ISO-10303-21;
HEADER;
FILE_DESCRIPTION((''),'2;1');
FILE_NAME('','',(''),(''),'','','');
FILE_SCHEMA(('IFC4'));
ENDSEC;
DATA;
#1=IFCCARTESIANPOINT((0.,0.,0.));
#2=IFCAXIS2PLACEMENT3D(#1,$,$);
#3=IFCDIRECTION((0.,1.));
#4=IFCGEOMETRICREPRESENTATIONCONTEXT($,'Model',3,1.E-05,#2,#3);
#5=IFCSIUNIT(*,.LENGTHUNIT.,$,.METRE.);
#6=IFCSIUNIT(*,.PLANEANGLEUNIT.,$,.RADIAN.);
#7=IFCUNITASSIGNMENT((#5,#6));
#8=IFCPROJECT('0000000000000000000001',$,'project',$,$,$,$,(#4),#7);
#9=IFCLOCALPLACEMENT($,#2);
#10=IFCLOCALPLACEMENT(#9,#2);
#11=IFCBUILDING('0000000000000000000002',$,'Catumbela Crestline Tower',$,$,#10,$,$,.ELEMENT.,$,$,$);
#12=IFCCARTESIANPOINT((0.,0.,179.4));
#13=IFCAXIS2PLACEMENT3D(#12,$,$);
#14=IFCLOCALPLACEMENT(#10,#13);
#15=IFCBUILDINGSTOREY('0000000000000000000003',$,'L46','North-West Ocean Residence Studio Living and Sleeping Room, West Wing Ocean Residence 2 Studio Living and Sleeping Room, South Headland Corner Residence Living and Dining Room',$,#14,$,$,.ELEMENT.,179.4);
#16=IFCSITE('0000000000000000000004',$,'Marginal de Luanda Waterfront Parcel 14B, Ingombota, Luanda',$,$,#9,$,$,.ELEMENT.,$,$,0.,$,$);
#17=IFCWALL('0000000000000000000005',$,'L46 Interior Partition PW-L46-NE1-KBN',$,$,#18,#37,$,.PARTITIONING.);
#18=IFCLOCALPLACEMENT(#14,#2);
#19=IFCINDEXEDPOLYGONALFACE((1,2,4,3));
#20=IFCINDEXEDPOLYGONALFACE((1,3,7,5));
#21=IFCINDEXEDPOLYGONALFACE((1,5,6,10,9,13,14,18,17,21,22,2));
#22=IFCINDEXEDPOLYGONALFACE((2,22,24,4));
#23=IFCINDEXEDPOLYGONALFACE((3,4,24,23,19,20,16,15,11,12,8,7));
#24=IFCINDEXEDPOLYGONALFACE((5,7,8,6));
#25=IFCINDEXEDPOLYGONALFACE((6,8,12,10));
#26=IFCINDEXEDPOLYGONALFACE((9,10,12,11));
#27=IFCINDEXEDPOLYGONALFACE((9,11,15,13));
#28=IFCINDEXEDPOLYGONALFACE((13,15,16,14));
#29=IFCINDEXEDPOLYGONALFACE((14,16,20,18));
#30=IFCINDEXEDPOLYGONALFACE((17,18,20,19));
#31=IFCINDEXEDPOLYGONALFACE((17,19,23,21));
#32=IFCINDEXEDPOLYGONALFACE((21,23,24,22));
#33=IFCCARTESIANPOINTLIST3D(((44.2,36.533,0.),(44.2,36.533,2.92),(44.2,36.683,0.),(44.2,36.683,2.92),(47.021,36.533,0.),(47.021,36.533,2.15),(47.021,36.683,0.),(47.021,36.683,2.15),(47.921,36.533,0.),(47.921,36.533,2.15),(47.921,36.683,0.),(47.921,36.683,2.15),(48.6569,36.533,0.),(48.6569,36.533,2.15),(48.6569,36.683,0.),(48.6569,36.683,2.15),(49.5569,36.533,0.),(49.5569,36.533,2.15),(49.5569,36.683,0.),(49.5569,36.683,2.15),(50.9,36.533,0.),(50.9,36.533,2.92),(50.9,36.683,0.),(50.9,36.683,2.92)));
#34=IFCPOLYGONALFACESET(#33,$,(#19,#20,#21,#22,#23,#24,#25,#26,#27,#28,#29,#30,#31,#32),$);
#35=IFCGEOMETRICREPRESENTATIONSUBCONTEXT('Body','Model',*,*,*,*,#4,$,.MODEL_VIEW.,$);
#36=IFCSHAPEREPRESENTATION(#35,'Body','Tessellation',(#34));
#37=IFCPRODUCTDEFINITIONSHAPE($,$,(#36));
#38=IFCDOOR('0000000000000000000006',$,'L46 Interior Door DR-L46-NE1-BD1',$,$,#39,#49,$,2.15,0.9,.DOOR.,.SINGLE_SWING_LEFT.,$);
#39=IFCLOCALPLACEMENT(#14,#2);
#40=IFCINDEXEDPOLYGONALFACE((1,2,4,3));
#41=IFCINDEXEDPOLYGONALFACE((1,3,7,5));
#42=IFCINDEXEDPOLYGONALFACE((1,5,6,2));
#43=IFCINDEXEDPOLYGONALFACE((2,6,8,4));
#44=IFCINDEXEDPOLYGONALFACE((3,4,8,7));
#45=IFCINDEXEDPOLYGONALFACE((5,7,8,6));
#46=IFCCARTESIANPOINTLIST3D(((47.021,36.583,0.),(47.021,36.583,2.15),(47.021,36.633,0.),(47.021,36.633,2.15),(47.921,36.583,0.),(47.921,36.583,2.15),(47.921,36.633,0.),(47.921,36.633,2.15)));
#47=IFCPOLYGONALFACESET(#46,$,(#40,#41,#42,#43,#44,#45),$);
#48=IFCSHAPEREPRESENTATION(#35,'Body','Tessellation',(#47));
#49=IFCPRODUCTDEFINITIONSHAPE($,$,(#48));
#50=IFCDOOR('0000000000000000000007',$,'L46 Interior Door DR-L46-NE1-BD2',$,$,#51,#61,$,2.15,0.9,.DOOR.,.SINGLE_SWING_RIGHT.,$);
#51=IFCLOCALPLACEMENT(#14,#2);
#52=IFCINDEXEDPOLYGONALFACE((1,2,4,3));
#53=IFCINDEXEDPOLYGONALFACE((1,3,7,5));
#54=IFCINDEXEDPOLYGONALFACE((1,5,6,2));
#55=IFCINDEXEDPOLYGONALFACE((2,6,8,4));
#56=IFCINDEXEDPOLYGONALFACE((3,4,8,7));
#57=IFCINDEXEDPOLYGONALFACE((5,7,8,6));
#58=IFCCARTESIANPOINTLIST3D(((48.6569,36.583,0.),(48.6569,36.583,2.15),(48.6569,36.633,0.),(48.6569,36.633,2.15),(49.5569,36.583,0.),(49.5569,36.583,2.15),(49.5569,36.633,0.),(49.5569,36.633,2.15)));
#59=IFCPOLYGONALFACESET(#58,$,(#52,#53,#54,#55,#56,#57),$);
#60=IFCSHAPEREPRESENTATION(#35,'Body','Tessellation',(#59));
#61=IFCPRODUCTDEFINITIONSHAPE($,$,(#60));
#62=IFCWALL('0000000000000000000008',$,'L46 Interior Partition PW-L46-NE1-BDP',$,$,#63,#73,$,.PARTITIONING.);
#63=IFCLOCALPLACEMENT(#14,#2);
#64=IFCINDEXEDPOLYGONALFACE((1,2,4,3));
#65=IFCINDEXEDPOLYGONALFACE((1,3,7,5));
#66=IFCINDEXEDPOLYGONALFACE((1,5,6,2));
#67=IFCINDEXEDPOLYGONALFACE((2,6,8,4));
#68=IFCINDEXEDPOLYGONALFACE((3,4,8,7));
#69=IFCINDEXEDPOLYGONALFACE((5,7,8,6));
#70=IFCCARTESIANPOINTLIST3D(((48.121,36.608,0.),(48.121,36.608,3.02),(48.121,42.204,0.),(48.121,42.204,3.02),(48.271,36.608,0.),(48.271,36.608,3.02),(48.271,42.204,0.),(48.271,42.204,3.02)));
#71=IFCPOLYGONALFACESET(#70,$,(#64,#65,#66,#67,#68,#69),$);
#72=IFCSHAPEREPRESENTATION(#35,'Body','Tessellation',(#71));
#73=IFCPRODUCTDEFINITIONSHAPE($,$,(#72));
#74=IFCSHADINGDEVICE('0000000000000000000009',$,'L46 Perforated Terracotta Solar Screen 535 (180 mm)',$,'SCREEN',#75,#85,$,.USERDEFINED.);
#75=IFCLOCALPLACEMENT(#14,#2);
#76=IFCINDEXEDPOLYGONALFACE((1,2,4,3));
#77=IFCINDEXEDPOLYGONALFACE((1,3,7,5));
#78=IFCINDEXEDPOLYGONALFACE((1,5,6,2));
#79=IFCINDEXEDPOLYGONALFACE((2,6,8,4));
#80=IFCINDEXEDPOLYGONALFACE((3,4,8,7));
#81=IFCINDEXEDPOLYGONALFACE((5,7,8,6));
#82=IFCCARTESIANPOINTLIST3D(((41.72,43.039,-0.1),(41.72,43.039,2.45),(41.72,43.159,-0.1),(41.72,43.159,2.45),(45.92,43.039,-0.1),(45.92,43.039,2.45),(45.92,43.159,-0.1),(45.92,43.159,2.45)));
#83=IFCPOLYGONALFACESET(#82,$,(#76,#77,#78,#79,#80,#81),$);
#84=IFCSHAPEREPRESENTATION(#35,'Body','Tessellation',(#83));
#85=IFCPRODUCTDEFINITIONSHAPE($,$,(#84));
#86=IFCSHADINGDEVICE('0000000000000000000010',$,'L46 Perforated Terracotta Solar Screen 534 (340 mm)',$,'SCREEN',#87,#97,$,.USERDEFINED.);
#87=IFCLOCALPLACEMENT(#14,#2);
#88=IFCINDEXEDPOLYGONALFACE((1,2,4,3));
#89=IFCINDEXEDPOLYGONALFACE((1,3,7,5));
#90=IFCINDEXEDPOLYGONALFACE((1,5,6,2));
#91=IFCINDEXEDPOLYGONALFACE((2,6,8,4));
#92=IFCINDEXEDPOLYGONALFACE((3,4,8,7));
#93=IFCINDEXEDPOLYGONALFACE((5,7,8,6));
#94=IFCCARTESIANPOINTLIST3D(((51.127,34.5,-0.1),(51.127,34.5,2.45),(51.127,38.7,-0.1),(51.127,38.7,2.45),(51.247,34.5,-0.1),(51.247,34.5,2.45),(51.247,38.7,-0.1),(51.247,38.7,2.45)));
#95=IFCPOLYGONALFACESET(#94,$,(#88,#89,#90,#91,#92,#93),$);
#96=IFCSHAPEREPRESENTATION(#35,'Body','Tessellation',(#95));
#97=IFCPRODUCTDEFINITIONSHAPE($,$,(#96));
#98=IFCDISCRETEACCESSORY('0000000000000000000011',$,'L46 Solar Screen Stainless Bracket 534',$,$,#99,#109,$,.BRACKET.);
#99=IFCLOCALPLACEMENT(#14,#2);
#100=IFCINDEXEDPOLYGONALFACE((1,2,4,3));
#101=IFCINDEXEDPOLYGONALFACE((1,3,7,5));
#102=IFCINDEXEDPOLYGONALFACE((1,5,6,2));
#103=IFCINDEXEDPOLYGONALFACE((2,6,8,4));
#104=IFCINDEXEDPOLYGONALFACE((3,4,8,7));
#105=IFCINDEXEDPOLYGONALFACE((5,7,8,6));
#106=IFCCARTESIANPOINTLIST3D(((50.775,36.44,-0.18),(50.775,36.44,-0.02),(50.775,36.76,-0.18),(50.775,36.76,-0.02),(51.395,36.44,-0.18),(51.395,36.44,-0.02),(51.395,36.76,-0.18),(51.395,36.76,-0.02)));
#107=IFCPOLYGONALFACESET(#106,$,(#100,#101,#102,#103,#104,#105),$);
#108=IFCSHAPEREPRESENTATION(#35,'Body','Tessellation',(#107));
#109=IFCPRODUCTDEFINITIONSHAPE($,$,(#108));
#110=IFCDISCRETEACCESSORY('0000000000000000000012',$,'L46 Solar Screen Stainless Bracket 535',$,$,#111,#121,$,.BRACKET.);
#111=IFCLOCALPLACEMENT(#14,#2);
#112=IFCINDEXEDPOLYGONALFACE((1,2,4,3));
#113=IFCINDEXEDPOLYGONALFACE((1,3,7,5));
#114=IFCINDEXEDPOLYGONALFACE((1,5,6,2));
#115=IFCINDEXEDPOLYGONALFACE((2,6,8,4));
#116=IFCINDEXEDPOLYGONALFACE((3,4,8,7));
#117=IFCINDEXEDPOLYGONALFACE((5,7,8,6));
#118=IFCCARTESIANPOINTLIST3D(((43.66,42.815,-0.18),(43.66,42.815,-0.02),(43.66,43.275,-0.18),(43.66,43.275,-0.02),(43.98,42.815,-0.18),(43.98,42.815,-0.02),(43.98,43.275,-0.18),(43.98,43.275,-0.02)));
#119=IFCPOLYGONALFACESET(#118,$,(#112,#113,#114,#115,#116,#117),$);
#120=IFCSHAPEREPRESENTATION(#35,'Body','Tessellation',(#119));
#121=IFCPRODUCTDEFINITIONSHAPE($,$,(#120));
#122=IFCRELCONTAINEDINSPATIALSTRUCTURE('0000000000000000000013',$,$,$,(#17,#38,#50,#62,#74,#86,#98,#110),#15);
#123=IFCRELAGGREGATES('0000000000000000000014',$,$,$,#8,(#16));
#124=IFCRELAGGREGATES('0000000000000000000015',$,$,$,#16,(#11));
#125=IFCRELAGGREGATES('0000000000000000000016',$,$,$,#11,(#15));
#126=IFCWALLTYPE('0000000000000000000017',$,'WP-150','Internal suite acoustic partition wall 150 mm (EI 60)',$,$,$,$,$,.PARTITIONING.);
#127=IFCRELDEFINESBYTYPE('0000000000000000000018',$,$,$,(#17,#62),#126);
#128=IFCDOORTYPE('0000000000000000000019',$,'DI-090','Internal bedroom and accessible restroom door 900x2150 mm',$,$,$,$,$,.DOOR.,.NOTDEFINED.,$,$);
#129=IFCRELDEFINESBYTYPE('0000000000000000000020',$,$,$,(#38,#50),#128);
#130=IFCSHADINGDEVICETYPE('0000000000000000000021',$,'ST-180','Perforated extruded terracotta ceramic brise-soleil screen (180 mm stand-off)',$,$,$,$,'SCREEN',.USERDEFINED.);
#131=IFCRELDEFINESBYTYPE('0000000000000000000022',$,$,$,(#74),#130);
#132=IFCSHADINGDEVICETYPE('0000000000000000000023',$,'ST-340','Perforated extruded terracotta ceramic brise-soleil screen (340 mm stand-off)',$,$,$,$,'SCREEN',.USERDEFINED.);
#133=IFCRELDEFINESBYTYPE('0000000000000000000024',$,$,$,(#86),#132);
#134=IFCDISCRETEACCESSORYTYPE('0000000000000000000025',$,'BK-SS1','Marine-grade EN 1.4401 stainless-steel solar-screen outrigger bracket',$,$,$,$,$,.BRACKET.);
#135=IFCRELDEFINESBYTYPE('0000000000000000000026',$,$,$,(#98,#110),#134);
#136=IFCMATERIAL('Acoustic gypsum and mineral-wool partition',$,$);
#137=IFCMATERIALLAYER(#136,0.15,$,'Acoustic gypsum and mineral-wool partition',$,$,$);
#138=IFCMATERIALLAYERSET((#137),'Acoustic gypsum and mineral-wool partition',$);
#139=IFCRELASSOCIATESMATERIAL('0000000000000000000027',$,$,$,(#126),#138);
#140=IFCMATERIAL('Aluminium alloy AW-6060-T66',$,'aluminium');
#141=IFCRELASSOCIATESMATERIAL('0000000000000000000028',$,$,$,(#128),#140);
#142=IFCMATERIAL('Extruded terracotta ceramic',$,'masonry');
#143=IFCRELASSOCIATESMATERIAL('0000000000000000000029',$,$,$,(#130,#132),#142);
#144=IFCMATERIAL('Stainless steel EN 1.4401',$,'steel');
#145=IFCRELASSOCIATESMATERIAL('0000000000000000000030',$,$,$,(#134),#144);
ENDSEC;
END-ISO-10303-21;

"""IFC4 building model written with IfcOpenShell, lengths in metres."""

from ifc_helpers import new_model, si_unit, direction, frame, frame_2d, origin, origin_2d, place, context, subcontext, project, spatial, rectangle, extrude, material, layer, layer_set, type_object, element, fill, save


model = new_model("IFC4")

# Units and contexts
model_context = context("Model", 3, precision=1e-05, world=origin(), true_north=direction((0.0, 1.0)))
body_context = subcontext(model_context, "Body", "Model", "MODEL_VIEW")
ifc_project = project(units=[si_unit("LENGTHUNIT", "METRE"), si_unit("PLANEANGLEUNIT", "RADIAN")], contexts=[model_context])

# Site, building, storey
site_placement = place(None, origin())
site = spatial("IfcSite", under=ifc_project, at=site_placement, Name="Marginal de Luanda Waterfront Parcel 14B, Ingombota, Luanda", CompositionType="ELEMENT", RefElevation=0.0)
building_placement = place(site_placement, origin())
building = spatial("IfcBuilding", under=site, at=building_placement, Name="Catumbela Crestline Tower", CompositionType="ELEMENT")
storey_placement = place(building_placement, frame((0.0, 0.0, 179.4)))
storey = spatial("IfcBuildingStorey", under=building, at=storey_placement, Name="L46", Description="North-West Ocean Residence Studio Living and Sleeping Room, West Wing Ocean Residence 2 Studio Living and Sleeping Room, South Headland Corner Residence Living and Dining Room", CompositionType="ELEMENT", Elevation=179.4)

# Shared definitions
ifc_material_1 = material(Name="Aluminium alloy AW-6060-T66", Category="aluminium")

# Wall, openings, doors
ifc_material_2 = material(Name="Acoustic gypsum and mineral-wool partition")
ifc_layer_1 = layer(ifc_material_2, 0.15, Name="Acoustic gypsum and mineral-wool partition")
ifc_layer_set_1 = layer_set([ifc_layer_1], Name="Acoustic gypsum and mineral-wool partition")
wall_type_1 = type_object("IfcWallType", Name="WP-150", Description="Internal suite acoustic partition wall 150 mm (EI 60)", PredefinedType="PARTITIONING", material=ifc_layer_set_1)
wall_1_placement = place(storey_placement, frame((44.2, 36.608, 0.0), z_axis=(0.0, 0.0, 1.0), x_axis=(1.0, 0.0, 0.0)))
wall_1 = element("IfcWall", 1, at=wall_1_placement, inside=storey, type_object=wall_type_1, Name="L46 Interior Partition PW-L46-NE1-KBN", PredefinedType="PARTITIONING", context=body_context, shape_type="SweptSolid", body=[
    extrude(rectangle(XDim=6.7, YDim=0.15, at=frame_2d((3.35, 0.0))), origin(), (0.0, 0.0, 1.0), 2.92),
])
opening_1_placement = place(wall_1_placement, frame((2.821, 0.0, 0.0)))
opening_1 = element("IfcOpeningElement", 2, at=opening_1_placement, cuts=wall_1, PredefinedType="OPENING", context=body_context, shape_type="SweptSolid", body=[
    extrude(rectangle(XDim=0.9, YDim=2.15, at=frame_2d((0.45, 1.075))), frame((0.0, 0.085, 0.0), z_axis=(0.0, -1.0, 0.0), x_axis=(1.0, 0.0, 0.0)), (0.0, 0.0, 1.0), 0.17),
])
opening_2_placement = place(wall_1_placement, frame((4.4569, 0.0, 0.0)))
opening_2 = element("IfcOpeningElement", 3, at=opening_2_placement, cuts=wall_1, PredefinedType="OPENING", context=body_context, shape_type="SweptSolid", body=[
    extrude(rectangle(XDim=0.9, YDim=2.15, at=frame_2d((0.45, 1.075))), frame((0.0, 0.085, 0.0), z_axis=(0.0, -1.0, 0.0), x_axis=(1.0, 0.0, 0.0)), (0.0, 0.0, 1.0), 0.17),
])
door_type = type_object("IfcDoorType", Name="DI-090", Description="Internal bedroom and accessible restroom door 900x2150 mm", OperationType="NOTDEFINED", PredefinedType="DOOR", material=ifc_material_1)
door_1_placement = place(opening_1_placement, origin())
door_1 = element("IfcDoor", 4, at=door_1_placement, inside=storey, type_object=door_type, Name="L46 Interior Door DR-L46-NE1-BD1", OperationType="SINGLE_SWING_LEFT", OverallHeight=2.15, OverallWidth=0.9, PredefinedType="DOOR", context=body_context, shape_type="SweptSolid", body=[
    extrude(rectangle(XDim=0.9, YDim=2.15, at=frame_2d((0.45, 1.075))), frame((0.0, 0.025, 0.0), z_axis=(0.0, -1.0, 0.0), x_axis=(1.0, 0.0, 0.0)), (0.0, 0.0, 1.0), 0.05),
])
fill(opening_1, door_1)
door_2_placement = place(opening_2_placement, origin())
door_2 = element("IfcDoor", 5, at=door_2_placement, inside=storey, type_object=door_type, Name="L46 Interior Door DR-L46-NE1-BD2", OperationType="SINGLE_SWING_RIGHT", OverallHeight=2.15, OverallWidth=0.9, PredefinedType="DOOR", context=body_context, shape_type="SweptSolid", body=[
    extrude(rectangle(XDim=0.9, YDim=2.15, at=frame_2d((0.45, 1.075))), frame((0.0, 0.025, 0.0), z_axis=(0.0, -1.0, 0.0), x_axis=(1.0, 0.0, 0.0)), (0.0, 0.0, 1.0), 0.05),
])
fill(opening_2, door_2)

# Wall
wall_2_placement = place(storey_placement, frame((48.196, 36.608, 0.0), z_axis=(0.0, 0.0, 1.0), x_axis=(0.0, 1.0, 0.0)))
element("IfcWall", 6, at=wall_2_placement, inside=storey, type_object=wall_type_1, Name="L46 Interior Partition PW-L46-NE1-BDP", PredefinedType="PARTITIONING", context=body_context, shape_type="SweptSolid", body=[
    extrude(rectangle(XDim=5.596, YDim=0.15, at=frame_2d((2.798, 0.0))), origin(), (0.0, 0.0, 1.0), 3.02),
])

# Shading devices
ifc_material_3 = material(Name="Extruded terracotta ceramic", Category="masonry")
shading_device_type_1 = type_object("IfcShadingDeviceType", Name="ST-180", Description="Perforated extruded terracotta ceramic brise-soleil screen (180 mm stand-off)", ElementType="SCREEN", PredefinedType="USERDEFINED", material=ifc_material_3)
shading_device_1_placement = place(storey_placement, frame((43.82, 43.099, -0.1), z_axis=(0.0, 0.0, 1.0), x_axis=(-1.0, 0.0, 0.0)))
element("IfcShadingDevice", 7, at=shading_device_1_placement, inside=storey, type_object=shading_device_type_1, Name="L46 Perforated Terracotta Solar Screen 535 (180 mm)", ObjectType="SCREEN", PredefinedType="USERDEFINED", context=body_context, shape_type="SweptSolid", body=[
    extrude(rectangle(XDim=4.2, YDim=0.12, at=origin_2d()), origin(), (0.0, 0.0, 1.0), 2.55),
])
shading_device_type_2 = type_object("IfcShadingDeviceType", Name="ST-340", Description="Perforated extruded terracotta ceramic brise-soleil screen (340 mm stand-off)", ElementType="SCREEN", PredefinedType="USERDEFINED", material=ifc_material_3)
shading_device_2_placement = place(storey_placement, frame((51.187, 36.6, -0.1), z_axis=(0.0, 0.0, 1.0), x_axis=(0.0, 1.0, 0.0)))
element("IfcShadingDevice", 8, at=shading_device_2_placement, inside=storey, type_object=shading_device_type_2, Name="L46 Perforated Terracotta Solar Screen 534 (340 mm)", ObjectType="SCREEN", PredefinedType="USERDEFINED", context=body_context, shape_type="SweptSolid", body=[
    extrude(rectangle(XDim=4.2, YDim=0.12, at=origin_2d()), origin(), (0.0, 0.0, 1.0), 2.55),
])

# Discrete accessories
ifc_material_4 = material(Name="Stainless steel EN 1.4401", Category="steel")
discrete_accessory_type = type_object("IfcDiscreteAccessoryType", Name="BK-SS1", Description="Marine-grade EN 1.4401 stainless-steel solar-screen outrigger bracket", PredefinedType="BRACKET", material=ifc_material_4)
discrete_accessory_1_placement = place(storey_placement, frame((51.085, 36.6, -0.18), z_axis=(0.0, 0.0, 1.0), x_axis=(0.0, 1.0, 0.0)))
element("IfcDiscreteAccessory", 9, at=discrete_accessory_1_placement, inside=storey, type_object=discrete_accessory_type, Name="L46 Solar Screen Stainless Bracket 534", PredefinedType="BRACKET", context=body_context, shape_type="SweptSolid", body=[
    extrude(rectangle(XDim=0.32, YDim=0.62, at=origin_2d()), origin(), (0.0, 0.0, 1.0), 0.16),
])
discrete_accessory_2_placement = place(storey_placement, frame((43.82, 43.045, -0.18), z_axis=(0.0, 0.0, 1.0), x_axis=(-1.0, 0.0, 0.0)))
element("IfcDiscreteAccessory", 10, at=discrete_accessory_2_placement, inside=storey, type_object=discrete_accessory_type, Name="L46 Solar Screen Stainless Bracket 535", PredefinedType="BRACKET", context=body_context, shape_type="SweptSolid", body=[
    extrude(rectangle(XDim=0.32, YDim=0.46, at=origin_2d()), origin(), (0.0, 0.0, 1.0), 0.16),
])

save(model, "model.ifc")
